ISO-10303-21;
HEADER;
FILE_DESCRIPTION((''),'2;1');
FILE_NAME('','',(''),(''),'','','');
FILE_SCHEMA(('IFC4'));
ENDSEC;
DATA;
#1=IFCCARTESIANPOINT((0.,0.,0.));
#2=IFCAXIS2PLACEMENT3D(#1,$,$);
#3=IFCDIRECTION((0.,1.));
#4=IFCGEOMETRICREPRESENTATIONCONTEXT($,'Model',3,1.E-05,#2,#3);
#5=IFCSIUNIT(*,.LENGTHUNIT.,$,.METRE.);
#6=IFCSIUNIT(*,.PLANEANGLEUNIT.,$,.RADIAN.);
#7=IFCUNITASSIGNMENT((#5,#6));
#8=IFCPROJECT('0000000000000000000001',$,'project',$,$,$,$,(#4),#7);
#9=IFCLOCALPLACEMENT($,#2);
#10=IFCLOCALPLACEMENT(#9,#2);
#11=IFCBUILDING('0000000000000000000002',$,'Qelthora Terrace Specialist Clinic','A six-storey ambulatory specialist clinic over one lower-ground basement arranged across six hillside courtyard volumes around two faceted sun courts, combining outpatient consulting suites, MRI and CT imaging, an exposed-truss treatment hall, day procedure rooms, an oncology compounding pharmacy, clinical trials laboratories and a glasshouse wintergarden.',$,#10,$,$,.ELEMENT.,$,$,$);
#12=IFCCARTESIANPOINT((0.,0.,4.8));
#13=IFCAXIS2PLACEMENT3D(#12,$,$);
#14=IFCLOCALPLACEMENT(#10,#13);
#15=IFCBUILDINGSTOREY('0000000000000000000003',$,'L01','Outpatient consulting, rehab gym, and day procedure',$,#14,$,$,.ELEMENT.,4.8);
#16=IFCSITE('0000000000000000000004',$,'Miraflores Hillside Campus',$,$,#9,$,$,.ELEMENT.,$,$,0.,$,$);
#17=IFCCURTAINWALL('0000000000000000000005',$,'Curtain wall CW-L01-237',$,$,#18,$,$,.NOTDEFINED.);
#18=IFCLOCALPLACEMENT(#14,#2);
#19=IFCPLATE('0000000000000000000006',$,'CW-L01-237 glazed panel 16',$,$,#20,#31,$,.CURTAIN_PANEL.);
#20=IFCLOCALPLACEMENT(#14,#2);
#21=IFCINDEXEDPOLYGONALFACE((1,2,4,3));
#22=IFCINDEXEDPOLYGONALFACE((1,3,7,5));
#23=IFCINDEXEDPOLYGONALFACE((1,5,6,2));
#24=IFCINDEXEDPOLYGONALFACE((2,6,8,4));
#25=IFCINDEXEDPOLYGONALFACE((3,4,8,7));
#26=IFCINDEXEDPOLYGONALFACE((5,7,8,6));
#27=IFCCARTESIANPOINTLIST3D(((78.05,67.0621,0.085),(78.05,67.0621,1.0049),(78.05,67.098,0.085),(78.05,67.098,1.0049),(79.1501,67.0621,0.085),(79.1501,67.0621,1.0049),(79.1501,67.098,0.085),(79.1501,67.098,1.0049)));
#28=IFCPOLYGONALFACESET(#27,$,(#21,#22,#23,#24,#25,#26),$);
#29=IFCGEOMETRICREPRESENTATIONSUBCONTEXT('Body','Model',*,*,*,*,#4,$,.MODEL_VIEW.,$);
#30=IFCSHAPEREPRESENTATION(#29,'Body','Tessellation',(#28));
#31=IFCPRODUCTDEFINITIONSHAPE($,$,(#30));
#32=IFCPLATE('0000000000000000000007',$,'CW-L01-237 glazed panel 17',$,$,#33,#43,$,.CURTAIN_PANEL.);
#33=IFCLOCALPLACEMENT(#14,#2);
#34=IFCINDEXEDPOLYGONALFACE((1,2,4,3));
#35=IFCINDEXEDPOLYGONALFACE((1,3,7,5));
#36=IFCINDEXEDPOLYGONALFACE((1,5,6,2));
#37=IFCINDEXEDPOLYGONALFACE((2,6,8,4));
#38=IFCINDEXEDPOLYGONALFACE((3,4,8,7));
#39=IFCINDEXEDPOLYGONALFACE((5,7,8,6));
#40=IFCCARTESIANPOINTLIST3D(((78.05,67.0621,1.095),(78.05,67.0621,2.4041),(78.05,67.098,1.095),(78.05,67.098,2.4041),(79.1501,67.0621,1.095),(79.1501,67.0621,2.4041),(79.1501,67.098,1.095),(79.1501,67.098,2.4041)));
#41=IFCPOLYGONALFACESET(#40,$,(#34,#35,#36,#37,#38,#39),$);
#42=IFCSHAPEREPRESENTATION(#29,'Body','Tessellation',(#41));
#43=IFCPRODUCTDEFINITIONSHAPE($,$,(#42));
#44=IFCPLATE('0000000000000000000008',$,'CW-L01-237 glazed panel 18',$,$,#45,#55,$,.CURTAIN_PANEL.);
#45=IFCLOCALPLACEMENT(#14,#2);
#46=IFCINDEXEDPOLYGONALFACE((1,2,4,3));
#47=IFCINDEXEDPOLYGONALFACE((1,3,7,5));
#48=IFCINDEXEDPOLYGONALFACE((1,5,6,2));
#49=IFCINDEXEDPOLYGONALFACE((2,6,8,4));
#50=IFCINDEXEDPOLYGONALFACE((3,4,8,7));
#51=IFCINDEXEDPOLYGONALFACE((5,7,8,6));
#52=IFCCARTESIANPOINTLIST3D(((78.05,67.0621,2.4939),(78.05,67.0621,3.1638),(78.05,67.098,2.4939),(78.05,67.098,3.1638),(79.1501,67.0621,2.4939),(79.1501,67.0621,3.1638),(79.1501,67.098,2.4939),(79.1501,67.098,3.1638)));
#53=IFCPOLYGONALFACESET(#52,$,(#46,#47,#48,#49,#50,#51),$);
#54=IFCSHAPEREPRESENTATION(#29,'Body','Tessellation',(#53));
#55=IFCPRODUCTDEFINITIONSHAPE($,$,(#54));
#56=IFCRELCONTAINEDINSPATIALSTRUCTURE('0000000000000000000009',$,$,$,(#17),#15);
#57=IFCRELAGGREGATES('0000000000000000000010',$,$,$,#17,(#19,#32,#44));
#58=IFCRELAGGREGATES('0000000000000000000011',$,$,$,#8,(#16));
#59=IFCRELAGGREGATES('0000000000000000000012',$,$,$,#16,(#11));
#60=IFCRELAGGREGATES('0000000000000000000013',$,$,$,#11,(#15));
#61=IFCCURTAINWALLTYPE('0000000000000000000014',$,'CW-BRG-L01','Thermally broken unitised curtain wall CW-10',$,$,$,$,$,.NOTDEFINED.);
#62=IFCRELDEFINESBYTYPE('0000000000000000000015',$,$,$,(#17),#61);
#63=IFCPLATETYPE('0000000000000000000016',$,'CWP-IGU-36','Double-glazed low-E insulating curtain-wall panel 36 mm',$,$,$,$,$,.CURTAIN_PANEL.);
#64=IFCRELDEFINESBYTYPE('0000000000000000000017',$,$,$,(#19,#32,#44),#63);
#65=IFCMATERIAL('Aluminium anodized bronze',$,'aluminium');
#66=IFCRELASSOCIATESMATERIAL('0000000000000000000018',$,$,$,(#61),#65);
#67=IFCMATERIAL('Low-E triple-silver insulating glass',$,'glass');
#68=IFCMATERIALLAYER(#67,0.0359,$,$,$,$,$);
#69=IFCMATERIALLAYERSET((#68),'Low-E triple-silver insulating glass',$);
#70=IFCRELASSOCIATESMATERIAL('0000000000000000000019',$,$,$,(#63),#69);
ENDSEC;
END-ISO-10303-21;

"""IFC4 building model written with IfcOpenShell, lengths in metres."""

from ifc_helpers import new_model, si_unit, direction, frame, origin, origin_2d, place, context, subcontext, project, spatial, rectangle, extrude, material, layer, layer_set, type_object, element, aggregate, save


model = new_model("IFC4")

# Units and contexts
model_context = context("Model", 3, precision=1e-05, world=origin(), true_north=direction((0.0, 1.0)))
body_context = subcontext(model_context, "Body", "Model", "MODEL_VIEW")
ifc_project = project(units=[si_unit("LENGTHUNIT", "METRE"), si_unit("PLANEANGLEUNIT", "RADIAN")], contexts=[model_context])

# Site, building, storey
site_placement = place(None, origin())
site = spatial("IfcSite", under=ifc_project, at=site_placement, Name="Miraflores Hillside Campus", CompositionType="ELEMENT", RefElevation=0.0)
building_placement = place(site_placement, origin())
building = spatial("IfcBuilding", under=site, at=building_placement, Name="Qelthora Terrace Specialist Clinic", Description="A six-storey ambulatory specialist clinic over one lower-ground basement arranged across six hillside courtyard volumes around two faceted sun courts, combining outpatient consulting suites, MRI and CT imaging, an exposed-truss treatment hall, day procedure rooms, an oncology compounding pharmacy, clinical trials laboratories and a glasshouse wintergarden.", CompositionType="ELEMENT")
storey_placement = place(building_placement, frame((0.0, 0.0, 4.8)))
storey = spatial("IfcBuildingStorey", under=building, at=storey_placement, Name="L01", Description="Outpatient consulting, rehab gym, and day procedure", CompositionType="ELEMENT", Elevation=4.8)

# Curtain wall
ifc_material_1 = material(Name="Aluminium anodized bronze", Category="aluminium")
curtain_wall_type = type_object("IfcCurtainWallType", Name="CW-BRG-L01", Description="Thermally broken unitised curtain wall CW-10", PredefinedType="NOTDEFINED", material=ifc_material_1)
curtain_wall_1_placement = place(storey_placement, origin())
curtain_wall_1 = element("IfcCurtainWall", 1, at=curtain_wall_1_placement, inside=storey, type_object=curtain_wall_type, Name="Curtain wall CW-L01-237", PredefinedType="NOTDEFINED")

# Plates
ifc_material_2 = material(Name="Low-E triple-silver insulating glass", Category="glass")
ifc_layer = layer(ifc_material_2, 0.0359)
ifc_layer_set = layer_set([ifc_layer], Name="Low-E triple-silver insulating glass")
plate_type = type_object("IfcPlateType", Name="CWP-IGU-36", Description="Double-glazed low-E insulating curtain-wall panel 36 mm", PredefinedType="CURTAIN_PANEL", material=ifc_layer_set)
plate_1_placement = place(storey_placement, frame((78.6001, 67.0801, 0.085), z_axis=(0.0, 0.0, 1.0), x_axis=(1.0, 0.0, 0.0)))
plate_1 = element("IfcPlate", 2, at=plate_1_placement, type_object=plate_type, Name="CW-L01-237 glazed panel 16", PredefinedType="CURTAIN_PANEL", context=body_context, shape_type="SweptSolid", body=[
    extrude(rectangle(XDim=1.1001, YDim=0.0359, at=origin_2d()), origin(), (0.0, 0.0, 1.0), 0.9199),
])
plate_2_placement = place(storey_placement, frame((78.6001, 67.0801, 1.095), z_axis=(0.0, 0.0, 1.0), x_axis=(1.0, 0.0, 0.0)))
plate_2 = element("IfcPlate", 3, at=plate_2_placement, type_object=plate_type, Name="CW-L01-237 glazed panel 17", PredefinedType="CURTAIN_PANEL", context=body_context, shape_type="SweptSolid", body=[
    extrude(rectangle(XDim=1.1001, YDim=0.0359, at=origin_2d()), origin(), (0.0, 0.0, 1.0), 1.3091),
])
plate_3_placement = place(storey_placement, frame((78.6001, 67.0801, 2.4939), z_axis=(0.0, 0.0, 1.0), x_axis=(1.0, 0.0, 0.0)))
plate_3 = element("IfcPlate", 4, at=plate_3_placement, type_object=plate_type, Name="CW-L01-237 glazed panel 18", PredefinedType="CURTAIN_PANEL", context=body_context, shape_type="SweptSolid", body=[
    extrude(rectangle(XDim=1.1001, YDim=0.0359, at=origin_2d()), origin(), (0.0, 0.0, 1.0), 0.6699),
])
aggregate(curtain_wall_1, [plate_1, plate_2, plate_3])

save(model, "model.ifc")
